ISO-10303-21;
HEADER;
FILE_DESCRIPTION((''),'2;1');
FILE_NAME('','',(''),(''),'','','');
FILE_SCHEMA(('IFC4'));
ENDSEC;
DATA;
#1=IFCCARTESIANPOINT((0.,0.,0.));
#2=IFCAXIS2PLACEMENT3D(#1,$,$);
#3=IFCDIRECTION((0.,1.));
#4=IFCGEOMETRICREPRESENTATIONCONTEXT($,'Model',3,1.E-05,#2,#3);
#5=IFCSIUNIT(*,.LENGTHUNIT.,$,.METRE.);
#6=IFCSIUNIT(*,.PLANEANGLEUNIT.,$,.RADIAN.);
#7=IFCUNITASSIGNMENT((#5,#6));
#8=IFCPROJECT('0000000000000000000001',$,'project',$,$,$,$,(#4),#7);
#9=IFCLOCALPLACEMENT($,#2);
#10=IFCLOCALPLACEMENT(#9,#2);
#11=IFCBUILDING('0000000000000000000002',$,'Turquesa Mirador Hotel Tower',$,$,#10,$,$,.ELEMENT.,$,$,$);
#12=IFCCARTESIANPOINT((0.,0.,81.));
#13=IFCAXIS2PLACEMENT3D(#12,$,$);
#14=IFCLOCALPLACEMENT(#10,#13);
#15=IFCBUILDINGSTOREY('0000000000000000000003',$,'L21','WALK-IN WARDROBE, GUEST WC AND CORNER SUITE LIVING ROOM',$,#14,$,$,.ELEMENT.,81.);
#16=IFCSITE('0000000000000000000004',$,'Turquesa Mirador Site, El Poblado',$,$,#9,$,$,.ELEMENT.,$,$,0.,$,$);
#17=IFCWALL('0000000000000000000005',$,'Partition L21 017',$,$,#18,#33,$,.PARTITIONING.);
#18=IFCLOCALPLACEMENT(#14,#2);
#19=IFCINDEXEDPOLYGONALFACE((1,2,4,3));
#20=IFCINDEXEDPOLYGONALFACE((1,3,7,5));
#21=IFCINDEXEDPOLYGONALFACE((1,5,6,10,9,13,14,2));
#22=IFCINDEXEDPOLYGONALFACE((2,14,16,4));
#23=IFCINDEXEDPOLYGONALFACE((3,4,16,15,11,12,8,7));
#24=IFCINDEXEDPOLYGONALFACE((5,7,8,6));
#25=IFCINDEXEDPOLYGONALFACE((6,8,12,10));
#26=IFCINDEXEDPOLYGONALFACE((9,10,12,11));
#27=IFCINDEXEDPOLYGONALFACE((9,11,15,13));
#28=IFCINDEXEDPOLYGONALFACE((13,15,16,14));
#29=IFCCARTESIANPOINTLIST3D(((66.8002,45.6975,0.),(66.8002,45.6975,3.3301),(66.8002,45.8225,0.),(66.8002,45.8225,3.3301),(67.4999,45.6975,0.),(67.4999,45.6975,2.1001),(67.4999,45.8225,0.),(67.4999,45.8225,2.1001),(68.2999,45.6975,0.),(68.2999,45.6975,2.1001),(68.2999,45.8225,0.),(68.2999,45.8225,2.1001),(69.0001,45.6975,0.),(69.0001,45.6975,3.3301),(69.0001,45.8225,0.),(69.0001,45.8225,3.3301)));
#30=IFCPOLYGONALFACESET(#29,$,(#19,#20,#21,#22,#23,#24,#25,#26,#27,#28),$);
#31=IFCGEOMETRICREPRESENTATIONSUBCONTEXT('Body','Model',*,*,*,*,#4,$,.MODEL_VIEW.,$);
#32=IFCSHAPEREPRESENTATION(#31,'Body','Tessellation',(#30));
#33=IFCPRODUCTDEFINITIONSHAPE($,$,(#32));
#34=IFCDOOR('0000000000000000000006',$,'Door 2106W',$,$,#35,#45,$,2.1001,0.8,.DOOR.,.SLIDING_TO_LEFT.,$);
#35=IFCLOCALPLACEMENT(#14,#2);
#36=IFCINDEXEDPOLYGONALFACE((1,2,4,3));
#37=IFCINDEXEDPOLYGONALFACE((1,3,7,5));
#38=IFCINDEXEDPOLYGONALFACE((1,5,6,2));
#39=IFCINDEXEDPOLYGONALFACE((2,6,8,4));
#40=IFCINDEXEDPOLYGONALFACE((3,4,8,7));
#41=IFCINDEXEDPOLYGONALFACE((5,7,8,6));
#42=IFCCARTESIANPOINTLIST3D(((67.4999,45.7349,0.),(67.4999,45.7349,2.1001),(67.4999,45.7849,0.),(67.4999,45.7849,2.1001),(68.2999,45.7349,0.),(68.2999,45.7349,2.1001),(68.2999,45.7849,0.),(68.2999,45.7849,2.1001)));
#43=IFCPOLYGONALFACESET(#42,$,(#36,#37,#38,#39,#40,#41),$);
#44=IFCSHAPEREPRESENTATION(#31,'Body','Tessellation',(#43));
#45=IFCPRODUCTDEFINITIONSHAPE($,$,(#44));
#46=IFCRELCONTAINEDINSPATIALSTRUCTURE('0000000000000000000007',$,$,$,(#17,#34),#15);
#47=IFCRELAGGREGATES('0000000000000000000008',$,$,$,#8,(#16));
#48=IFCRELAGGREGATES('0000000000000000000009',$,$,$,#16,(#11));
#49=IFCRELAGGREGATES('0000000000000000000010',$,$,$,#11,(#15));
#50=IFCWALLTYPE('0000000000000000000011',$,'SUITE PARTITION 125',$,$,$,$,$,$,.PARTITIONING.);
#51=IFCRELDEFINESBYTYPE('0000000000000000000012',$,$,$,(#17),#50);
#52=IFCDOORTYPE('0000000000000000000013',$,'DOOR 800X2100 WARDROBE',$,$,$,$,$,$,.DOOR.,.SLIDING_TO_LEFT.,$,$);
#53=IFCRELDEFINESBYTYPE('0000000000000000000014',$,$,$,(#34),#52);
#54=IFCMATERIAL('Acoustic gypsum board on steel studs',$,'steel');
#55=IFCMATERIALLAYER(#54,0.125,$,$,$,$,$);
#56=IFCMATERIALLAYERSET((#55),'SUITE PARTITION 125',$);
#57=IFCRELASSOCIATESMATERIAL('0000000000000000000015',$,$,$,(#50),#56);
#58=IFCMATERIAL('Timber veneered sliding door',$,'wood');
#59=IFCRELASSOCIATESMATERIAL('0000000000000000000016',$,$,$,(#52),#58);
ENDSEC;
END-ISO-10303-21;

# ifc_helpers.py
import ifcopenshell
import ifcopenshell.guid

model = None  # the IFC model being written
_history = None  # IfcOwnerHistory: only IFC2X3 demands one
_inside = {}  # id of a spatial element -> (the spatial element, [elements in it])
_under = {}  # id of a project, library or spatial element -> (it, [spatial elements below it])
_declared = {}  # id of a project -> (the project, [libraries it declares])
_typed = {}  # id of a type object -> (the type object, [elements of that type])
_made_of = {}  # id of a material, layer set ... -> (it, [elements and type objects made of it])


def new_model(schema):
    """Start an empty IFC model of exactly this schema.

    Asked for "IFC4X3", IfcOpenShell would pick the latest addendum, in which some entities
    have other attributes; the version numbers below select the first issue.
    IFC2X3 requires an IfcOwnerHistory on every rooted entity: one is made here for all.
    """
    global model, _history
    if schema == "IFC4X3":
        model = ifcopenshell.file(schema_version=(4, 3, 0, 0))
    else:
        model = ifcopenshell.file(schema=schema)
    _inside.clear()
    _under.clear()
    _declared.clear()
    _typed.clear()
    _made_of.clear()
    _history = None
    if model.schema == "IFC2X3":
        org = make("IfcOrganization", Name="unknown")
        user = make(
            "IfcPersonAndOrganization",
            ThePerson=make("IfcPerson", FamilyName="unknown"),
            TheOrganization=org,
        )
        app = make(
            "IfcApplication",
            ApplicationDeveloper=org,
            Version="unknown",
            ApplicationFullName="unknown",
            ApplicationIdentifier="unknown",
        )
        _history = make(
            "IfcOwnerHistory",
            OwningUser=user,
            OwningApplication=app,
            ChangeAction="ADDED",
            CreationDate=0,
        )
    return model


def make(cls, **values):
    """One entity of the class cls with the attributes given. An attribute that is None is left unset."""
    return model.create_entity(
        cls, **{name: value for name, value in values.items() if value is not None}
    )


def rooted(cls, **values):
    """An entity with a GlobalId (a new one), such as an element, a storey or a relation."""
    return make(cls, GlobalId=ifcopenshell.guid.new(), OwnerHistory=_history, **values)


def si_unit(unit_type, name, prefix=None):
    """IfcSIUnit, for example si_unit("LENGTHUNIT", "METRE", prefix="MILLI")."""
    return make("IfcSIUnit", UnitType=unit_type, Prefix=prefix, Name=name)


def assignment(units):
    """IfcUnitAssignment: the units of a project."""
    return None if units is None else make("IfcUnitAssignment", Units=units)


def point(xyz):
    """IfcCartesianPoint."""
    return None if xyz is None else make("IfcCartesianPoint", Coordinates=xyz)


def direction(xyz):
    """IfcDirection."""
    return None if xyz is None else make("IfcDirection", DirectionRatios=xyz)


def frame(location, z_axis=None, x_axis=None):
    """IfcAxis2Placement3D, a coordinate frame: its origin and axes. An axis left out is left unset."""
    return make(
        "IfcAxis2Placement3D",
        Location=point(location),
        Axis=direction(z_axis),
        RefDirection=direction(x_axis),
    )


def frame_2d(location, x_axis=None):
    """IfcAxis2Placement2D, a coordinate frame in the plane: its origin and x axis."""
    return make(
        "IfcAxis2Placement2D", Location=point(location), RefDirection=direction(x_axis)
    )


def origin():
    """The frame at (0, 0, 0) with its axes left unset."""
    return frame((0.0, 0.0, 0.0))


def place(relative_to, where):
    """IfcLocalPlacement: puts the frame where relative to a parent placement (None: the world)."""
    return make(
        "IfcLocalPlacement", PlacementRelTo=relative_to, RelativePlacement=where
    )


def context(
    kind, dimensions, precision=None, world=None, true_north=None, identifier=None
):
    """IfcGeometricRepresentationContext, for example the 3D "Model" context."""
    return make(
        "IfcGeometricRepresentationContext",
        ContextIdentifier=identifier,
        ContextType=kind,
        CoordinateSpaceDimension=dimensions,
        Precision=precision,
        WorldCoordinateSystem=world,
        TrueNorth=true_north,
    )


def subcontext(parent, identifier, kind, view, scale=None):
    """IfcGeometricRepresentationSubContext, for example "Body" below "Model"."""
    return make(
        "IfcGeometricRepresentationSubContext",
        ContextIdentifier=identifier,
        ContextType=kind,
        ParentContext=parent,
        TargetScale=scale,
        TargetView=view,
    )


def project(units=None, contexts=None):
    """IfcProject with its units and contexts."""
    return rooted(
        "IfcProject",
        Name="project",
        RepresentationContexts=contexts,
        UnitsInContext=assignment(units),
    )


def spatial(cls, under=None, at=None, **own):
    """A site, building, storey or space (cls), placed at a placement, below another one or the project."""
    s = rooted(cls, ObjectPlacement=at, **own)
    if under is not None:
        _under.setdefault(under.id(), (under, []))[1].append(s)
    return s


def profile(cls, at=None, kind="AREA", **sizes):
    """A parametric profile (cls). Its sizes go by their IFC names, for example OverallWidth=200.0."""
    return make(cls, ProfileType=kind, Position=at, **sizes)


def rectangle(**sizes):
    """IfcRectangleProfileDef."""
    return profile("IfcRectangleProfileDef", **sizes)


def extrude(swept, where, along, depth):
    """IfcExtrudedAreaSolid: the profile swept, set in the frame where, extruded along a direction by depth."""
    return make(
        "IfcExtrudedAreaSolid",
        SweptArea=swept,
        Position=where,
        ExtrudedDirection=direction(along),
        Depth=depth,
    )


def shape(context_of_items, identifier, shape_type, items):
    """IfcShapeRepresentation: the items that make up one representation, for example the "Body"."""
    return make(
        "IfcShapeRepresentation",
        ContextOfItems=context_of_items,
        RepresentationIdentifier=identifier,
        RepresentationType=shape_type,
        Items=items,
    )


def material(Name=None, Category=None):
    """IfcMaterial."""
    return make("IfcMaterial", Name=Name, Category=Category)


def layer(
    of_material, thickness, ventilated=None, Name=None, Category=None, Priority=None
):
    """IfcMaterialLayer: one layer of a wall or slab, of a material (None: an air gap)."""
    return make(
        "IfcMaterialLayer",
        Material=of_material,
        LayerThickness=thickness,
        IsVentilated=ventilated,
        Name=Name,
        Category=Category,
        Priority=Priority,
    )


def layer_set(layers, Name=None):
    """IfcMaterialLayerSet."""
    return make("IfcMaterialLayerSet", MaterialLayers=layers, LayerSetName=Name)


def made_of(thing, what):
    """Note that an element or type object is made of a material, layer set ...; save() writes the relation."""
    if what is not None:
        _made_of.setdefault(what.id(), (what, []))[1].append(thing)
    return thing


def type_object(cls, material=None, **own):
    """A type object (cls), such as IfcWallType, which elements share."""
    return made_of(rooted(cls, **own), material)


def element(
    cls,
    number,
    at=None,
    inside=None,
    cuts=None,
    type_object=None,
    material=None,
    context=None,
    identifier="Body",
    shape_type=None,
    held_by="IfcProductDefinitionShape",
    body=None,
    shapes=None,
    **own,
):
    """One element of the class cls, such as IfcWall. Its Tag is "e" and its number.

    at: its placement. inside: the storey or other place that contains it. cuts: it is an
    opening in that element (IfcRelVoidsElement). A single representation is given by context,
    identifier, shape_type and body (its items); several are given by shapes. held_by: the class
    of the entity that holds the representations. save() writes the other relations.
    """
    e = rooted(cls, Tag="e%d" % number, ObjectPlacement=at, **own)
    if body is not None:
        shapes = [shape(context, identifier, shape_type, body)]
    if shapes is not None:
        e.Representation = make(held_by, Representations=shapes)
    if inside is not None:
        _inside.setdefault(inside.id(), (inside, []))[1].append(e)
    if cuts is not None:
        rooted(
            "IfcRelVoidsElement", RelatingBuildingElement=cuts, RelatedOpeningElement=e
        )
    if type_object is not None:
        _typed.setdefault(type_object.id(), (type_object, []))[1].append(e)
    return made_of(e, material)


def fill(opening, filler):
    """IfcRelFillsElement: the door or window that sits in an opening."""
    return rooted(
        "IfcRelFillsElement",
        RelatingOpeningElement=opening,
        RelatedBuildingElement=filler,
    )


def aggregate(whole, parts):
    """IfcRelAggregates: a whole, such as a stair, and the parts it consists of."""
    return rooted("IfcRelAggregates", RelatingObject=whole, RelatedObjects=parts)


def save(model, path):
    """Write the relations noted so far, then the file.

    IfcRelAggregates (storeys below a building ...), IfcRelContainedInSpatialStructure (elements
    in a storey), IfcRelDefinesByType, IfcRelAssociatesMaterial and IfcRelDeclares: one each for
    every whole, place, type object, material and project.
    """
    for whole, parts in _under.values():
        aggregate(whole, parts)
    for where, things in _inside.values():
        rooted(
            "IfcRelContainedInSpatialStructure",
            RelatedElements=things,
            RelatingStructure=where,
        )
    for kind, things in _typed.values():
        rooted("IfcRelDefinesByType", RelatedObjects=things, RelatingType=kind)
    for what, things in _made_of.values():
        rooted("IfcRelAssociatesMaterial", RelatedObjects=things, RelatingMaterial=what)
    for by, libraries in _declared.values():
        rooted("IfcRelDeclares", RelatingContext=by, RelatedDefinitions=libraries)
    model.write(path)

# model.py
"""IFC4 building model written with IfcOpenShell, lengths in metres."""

from ifc_helpers import new_model, si_unit, direction, frame, frame_2d, origin, place, context, subcontext, project, spatial, rectangle, extrude, material, layer, layer_set, type_object, element, fill, save


model = new_model("IFC4")

# Units and contexts
model_context = context("Model", 3, precision=1e-05, world=origin(), true_north=direction((0.0, 1.0)))
body_context = subcontext(model_context, "Body", "Model", "MODEL_VIEW")
ifc_project = project(units=[si_unit("LENGTHUNIT", "METRE"), si_unit("PLANEANGLEUNIT", "RADIAN")], contexts=[model_context])

# Site, building, storey
site_placement = place(None, origin())
site = spatial("IfcSite", under=ifc_project, at=site_placement, Name="Turquesa Mirador Site, El Poblado", CompositionType="ELEMENT", RefElevation=0.0)
building_placement = place(site_placement, origin())
building = spatial("IfcBuilding", under=site, at=building_placement, Name="Turquesa Mirador Hotel Tower", CompositionType="ELEMENT")
storey_placement = place(building_placement, frame((0.0, 0.0, 81.0)))
storey = spatial("IfcBuildingStorey", under=building, at=storey_placement, Name="L21", Description="WALK-IN WARDROBE, GUEST WC AND CORNER SUITE LIVING ROOM", CompositionType="ELEMENT", Elevation=81.0)

# Wall, opening, door
ifc_material_1 = material(Name="Acoustic gypsum board on steel studs", Category="steel")
ifc_layer_1 = layer(ifc_material_1, 0.125)
ifc_layer_set_1 = layer_set([ifc_layer_1], Name="SUITE PARTITION 125")
wall_type_1 = type_object("IfcWallType", Name="SUITE PARTITION 125", PredefinedType="PARTITIONING", material=ifc_layer_set_1)
wall_1_placement = place(storey_placement, frame((66.8, 45.76, 0.0), z_axis=(0.0, 0.0, 1.0), x_axis=(1.0, 0.0, 0.0)))
wall_1 = element("IfcWall", 1, at=wall_1_placement, inside=storey, type_object=wall_type_1, Name="Partition L21 017", PredefinedType="PARTITIONING", context=body_context, shape_type="SweptSolid", body=[
    extrude(rectangle(XDim=2.2, YDim=0.125, at=frame_2d((1.1001, 0.0))), origin(), (0.0, 0.0, 1.0), 3.3301),
])
opening_1_placement = place(wall_1_placement, frame((0.7, 0.0, 0.0)))
opening_1 = element("IfcOpeningElement", 2, at=opening_1_placement, cuts=wall_1, PredefinedType="OPENING", context=body_context, shape_type="SweptSolid", body=[
    extrude(rectangle(XDim=0.8, YDim=2.1001, at=frame_2d((0.3999, 1.05))), frame((0.0, 0.0725, 0.0), z_axis=(0.0, -1.0, 0.0), x_axis=(1.0, 0.0, 0.0)), (0.0, 0.0, 1.0), 0.145),
])
ifc_material_2 = material(Name="Timber veneered sliding door", Category="wood")
door_type_1 = type_object("IfcDoorType", Name="DOOR 800X2100 WARDROBE", OperationType="SLIDING_TO_LEFT", PredefinedType="DOOR", material=ifc_material_2)
door_1_placement = place(opening_1_placement, origin())
door_1 = element("IfcDoor", 3, at=door_1_placement, inside=storey, type_object=door_type_1, Name="Door 2106W", OperationType="SLIDING_TO_LEFT", OverallHeight=2.1001, OverallWidth=0.8, PredefinedType="DOOR", context=body_context, shape_type="SweptSolid", body=[
    extrude(rectangle(XDim=0.8, YDim=2.1001, at=frame_2d((0.3999, 1.05))), frame((0.0, 0.0249, 0.0), z_axis=(0.0, -1.0, 0.0), x_axis=(1.0, 0.0, 0.0)), (0.0, 0.0, 1.0), 0.05),
])
fill(opening_1, door_1)

save(model, "model.ifc")
